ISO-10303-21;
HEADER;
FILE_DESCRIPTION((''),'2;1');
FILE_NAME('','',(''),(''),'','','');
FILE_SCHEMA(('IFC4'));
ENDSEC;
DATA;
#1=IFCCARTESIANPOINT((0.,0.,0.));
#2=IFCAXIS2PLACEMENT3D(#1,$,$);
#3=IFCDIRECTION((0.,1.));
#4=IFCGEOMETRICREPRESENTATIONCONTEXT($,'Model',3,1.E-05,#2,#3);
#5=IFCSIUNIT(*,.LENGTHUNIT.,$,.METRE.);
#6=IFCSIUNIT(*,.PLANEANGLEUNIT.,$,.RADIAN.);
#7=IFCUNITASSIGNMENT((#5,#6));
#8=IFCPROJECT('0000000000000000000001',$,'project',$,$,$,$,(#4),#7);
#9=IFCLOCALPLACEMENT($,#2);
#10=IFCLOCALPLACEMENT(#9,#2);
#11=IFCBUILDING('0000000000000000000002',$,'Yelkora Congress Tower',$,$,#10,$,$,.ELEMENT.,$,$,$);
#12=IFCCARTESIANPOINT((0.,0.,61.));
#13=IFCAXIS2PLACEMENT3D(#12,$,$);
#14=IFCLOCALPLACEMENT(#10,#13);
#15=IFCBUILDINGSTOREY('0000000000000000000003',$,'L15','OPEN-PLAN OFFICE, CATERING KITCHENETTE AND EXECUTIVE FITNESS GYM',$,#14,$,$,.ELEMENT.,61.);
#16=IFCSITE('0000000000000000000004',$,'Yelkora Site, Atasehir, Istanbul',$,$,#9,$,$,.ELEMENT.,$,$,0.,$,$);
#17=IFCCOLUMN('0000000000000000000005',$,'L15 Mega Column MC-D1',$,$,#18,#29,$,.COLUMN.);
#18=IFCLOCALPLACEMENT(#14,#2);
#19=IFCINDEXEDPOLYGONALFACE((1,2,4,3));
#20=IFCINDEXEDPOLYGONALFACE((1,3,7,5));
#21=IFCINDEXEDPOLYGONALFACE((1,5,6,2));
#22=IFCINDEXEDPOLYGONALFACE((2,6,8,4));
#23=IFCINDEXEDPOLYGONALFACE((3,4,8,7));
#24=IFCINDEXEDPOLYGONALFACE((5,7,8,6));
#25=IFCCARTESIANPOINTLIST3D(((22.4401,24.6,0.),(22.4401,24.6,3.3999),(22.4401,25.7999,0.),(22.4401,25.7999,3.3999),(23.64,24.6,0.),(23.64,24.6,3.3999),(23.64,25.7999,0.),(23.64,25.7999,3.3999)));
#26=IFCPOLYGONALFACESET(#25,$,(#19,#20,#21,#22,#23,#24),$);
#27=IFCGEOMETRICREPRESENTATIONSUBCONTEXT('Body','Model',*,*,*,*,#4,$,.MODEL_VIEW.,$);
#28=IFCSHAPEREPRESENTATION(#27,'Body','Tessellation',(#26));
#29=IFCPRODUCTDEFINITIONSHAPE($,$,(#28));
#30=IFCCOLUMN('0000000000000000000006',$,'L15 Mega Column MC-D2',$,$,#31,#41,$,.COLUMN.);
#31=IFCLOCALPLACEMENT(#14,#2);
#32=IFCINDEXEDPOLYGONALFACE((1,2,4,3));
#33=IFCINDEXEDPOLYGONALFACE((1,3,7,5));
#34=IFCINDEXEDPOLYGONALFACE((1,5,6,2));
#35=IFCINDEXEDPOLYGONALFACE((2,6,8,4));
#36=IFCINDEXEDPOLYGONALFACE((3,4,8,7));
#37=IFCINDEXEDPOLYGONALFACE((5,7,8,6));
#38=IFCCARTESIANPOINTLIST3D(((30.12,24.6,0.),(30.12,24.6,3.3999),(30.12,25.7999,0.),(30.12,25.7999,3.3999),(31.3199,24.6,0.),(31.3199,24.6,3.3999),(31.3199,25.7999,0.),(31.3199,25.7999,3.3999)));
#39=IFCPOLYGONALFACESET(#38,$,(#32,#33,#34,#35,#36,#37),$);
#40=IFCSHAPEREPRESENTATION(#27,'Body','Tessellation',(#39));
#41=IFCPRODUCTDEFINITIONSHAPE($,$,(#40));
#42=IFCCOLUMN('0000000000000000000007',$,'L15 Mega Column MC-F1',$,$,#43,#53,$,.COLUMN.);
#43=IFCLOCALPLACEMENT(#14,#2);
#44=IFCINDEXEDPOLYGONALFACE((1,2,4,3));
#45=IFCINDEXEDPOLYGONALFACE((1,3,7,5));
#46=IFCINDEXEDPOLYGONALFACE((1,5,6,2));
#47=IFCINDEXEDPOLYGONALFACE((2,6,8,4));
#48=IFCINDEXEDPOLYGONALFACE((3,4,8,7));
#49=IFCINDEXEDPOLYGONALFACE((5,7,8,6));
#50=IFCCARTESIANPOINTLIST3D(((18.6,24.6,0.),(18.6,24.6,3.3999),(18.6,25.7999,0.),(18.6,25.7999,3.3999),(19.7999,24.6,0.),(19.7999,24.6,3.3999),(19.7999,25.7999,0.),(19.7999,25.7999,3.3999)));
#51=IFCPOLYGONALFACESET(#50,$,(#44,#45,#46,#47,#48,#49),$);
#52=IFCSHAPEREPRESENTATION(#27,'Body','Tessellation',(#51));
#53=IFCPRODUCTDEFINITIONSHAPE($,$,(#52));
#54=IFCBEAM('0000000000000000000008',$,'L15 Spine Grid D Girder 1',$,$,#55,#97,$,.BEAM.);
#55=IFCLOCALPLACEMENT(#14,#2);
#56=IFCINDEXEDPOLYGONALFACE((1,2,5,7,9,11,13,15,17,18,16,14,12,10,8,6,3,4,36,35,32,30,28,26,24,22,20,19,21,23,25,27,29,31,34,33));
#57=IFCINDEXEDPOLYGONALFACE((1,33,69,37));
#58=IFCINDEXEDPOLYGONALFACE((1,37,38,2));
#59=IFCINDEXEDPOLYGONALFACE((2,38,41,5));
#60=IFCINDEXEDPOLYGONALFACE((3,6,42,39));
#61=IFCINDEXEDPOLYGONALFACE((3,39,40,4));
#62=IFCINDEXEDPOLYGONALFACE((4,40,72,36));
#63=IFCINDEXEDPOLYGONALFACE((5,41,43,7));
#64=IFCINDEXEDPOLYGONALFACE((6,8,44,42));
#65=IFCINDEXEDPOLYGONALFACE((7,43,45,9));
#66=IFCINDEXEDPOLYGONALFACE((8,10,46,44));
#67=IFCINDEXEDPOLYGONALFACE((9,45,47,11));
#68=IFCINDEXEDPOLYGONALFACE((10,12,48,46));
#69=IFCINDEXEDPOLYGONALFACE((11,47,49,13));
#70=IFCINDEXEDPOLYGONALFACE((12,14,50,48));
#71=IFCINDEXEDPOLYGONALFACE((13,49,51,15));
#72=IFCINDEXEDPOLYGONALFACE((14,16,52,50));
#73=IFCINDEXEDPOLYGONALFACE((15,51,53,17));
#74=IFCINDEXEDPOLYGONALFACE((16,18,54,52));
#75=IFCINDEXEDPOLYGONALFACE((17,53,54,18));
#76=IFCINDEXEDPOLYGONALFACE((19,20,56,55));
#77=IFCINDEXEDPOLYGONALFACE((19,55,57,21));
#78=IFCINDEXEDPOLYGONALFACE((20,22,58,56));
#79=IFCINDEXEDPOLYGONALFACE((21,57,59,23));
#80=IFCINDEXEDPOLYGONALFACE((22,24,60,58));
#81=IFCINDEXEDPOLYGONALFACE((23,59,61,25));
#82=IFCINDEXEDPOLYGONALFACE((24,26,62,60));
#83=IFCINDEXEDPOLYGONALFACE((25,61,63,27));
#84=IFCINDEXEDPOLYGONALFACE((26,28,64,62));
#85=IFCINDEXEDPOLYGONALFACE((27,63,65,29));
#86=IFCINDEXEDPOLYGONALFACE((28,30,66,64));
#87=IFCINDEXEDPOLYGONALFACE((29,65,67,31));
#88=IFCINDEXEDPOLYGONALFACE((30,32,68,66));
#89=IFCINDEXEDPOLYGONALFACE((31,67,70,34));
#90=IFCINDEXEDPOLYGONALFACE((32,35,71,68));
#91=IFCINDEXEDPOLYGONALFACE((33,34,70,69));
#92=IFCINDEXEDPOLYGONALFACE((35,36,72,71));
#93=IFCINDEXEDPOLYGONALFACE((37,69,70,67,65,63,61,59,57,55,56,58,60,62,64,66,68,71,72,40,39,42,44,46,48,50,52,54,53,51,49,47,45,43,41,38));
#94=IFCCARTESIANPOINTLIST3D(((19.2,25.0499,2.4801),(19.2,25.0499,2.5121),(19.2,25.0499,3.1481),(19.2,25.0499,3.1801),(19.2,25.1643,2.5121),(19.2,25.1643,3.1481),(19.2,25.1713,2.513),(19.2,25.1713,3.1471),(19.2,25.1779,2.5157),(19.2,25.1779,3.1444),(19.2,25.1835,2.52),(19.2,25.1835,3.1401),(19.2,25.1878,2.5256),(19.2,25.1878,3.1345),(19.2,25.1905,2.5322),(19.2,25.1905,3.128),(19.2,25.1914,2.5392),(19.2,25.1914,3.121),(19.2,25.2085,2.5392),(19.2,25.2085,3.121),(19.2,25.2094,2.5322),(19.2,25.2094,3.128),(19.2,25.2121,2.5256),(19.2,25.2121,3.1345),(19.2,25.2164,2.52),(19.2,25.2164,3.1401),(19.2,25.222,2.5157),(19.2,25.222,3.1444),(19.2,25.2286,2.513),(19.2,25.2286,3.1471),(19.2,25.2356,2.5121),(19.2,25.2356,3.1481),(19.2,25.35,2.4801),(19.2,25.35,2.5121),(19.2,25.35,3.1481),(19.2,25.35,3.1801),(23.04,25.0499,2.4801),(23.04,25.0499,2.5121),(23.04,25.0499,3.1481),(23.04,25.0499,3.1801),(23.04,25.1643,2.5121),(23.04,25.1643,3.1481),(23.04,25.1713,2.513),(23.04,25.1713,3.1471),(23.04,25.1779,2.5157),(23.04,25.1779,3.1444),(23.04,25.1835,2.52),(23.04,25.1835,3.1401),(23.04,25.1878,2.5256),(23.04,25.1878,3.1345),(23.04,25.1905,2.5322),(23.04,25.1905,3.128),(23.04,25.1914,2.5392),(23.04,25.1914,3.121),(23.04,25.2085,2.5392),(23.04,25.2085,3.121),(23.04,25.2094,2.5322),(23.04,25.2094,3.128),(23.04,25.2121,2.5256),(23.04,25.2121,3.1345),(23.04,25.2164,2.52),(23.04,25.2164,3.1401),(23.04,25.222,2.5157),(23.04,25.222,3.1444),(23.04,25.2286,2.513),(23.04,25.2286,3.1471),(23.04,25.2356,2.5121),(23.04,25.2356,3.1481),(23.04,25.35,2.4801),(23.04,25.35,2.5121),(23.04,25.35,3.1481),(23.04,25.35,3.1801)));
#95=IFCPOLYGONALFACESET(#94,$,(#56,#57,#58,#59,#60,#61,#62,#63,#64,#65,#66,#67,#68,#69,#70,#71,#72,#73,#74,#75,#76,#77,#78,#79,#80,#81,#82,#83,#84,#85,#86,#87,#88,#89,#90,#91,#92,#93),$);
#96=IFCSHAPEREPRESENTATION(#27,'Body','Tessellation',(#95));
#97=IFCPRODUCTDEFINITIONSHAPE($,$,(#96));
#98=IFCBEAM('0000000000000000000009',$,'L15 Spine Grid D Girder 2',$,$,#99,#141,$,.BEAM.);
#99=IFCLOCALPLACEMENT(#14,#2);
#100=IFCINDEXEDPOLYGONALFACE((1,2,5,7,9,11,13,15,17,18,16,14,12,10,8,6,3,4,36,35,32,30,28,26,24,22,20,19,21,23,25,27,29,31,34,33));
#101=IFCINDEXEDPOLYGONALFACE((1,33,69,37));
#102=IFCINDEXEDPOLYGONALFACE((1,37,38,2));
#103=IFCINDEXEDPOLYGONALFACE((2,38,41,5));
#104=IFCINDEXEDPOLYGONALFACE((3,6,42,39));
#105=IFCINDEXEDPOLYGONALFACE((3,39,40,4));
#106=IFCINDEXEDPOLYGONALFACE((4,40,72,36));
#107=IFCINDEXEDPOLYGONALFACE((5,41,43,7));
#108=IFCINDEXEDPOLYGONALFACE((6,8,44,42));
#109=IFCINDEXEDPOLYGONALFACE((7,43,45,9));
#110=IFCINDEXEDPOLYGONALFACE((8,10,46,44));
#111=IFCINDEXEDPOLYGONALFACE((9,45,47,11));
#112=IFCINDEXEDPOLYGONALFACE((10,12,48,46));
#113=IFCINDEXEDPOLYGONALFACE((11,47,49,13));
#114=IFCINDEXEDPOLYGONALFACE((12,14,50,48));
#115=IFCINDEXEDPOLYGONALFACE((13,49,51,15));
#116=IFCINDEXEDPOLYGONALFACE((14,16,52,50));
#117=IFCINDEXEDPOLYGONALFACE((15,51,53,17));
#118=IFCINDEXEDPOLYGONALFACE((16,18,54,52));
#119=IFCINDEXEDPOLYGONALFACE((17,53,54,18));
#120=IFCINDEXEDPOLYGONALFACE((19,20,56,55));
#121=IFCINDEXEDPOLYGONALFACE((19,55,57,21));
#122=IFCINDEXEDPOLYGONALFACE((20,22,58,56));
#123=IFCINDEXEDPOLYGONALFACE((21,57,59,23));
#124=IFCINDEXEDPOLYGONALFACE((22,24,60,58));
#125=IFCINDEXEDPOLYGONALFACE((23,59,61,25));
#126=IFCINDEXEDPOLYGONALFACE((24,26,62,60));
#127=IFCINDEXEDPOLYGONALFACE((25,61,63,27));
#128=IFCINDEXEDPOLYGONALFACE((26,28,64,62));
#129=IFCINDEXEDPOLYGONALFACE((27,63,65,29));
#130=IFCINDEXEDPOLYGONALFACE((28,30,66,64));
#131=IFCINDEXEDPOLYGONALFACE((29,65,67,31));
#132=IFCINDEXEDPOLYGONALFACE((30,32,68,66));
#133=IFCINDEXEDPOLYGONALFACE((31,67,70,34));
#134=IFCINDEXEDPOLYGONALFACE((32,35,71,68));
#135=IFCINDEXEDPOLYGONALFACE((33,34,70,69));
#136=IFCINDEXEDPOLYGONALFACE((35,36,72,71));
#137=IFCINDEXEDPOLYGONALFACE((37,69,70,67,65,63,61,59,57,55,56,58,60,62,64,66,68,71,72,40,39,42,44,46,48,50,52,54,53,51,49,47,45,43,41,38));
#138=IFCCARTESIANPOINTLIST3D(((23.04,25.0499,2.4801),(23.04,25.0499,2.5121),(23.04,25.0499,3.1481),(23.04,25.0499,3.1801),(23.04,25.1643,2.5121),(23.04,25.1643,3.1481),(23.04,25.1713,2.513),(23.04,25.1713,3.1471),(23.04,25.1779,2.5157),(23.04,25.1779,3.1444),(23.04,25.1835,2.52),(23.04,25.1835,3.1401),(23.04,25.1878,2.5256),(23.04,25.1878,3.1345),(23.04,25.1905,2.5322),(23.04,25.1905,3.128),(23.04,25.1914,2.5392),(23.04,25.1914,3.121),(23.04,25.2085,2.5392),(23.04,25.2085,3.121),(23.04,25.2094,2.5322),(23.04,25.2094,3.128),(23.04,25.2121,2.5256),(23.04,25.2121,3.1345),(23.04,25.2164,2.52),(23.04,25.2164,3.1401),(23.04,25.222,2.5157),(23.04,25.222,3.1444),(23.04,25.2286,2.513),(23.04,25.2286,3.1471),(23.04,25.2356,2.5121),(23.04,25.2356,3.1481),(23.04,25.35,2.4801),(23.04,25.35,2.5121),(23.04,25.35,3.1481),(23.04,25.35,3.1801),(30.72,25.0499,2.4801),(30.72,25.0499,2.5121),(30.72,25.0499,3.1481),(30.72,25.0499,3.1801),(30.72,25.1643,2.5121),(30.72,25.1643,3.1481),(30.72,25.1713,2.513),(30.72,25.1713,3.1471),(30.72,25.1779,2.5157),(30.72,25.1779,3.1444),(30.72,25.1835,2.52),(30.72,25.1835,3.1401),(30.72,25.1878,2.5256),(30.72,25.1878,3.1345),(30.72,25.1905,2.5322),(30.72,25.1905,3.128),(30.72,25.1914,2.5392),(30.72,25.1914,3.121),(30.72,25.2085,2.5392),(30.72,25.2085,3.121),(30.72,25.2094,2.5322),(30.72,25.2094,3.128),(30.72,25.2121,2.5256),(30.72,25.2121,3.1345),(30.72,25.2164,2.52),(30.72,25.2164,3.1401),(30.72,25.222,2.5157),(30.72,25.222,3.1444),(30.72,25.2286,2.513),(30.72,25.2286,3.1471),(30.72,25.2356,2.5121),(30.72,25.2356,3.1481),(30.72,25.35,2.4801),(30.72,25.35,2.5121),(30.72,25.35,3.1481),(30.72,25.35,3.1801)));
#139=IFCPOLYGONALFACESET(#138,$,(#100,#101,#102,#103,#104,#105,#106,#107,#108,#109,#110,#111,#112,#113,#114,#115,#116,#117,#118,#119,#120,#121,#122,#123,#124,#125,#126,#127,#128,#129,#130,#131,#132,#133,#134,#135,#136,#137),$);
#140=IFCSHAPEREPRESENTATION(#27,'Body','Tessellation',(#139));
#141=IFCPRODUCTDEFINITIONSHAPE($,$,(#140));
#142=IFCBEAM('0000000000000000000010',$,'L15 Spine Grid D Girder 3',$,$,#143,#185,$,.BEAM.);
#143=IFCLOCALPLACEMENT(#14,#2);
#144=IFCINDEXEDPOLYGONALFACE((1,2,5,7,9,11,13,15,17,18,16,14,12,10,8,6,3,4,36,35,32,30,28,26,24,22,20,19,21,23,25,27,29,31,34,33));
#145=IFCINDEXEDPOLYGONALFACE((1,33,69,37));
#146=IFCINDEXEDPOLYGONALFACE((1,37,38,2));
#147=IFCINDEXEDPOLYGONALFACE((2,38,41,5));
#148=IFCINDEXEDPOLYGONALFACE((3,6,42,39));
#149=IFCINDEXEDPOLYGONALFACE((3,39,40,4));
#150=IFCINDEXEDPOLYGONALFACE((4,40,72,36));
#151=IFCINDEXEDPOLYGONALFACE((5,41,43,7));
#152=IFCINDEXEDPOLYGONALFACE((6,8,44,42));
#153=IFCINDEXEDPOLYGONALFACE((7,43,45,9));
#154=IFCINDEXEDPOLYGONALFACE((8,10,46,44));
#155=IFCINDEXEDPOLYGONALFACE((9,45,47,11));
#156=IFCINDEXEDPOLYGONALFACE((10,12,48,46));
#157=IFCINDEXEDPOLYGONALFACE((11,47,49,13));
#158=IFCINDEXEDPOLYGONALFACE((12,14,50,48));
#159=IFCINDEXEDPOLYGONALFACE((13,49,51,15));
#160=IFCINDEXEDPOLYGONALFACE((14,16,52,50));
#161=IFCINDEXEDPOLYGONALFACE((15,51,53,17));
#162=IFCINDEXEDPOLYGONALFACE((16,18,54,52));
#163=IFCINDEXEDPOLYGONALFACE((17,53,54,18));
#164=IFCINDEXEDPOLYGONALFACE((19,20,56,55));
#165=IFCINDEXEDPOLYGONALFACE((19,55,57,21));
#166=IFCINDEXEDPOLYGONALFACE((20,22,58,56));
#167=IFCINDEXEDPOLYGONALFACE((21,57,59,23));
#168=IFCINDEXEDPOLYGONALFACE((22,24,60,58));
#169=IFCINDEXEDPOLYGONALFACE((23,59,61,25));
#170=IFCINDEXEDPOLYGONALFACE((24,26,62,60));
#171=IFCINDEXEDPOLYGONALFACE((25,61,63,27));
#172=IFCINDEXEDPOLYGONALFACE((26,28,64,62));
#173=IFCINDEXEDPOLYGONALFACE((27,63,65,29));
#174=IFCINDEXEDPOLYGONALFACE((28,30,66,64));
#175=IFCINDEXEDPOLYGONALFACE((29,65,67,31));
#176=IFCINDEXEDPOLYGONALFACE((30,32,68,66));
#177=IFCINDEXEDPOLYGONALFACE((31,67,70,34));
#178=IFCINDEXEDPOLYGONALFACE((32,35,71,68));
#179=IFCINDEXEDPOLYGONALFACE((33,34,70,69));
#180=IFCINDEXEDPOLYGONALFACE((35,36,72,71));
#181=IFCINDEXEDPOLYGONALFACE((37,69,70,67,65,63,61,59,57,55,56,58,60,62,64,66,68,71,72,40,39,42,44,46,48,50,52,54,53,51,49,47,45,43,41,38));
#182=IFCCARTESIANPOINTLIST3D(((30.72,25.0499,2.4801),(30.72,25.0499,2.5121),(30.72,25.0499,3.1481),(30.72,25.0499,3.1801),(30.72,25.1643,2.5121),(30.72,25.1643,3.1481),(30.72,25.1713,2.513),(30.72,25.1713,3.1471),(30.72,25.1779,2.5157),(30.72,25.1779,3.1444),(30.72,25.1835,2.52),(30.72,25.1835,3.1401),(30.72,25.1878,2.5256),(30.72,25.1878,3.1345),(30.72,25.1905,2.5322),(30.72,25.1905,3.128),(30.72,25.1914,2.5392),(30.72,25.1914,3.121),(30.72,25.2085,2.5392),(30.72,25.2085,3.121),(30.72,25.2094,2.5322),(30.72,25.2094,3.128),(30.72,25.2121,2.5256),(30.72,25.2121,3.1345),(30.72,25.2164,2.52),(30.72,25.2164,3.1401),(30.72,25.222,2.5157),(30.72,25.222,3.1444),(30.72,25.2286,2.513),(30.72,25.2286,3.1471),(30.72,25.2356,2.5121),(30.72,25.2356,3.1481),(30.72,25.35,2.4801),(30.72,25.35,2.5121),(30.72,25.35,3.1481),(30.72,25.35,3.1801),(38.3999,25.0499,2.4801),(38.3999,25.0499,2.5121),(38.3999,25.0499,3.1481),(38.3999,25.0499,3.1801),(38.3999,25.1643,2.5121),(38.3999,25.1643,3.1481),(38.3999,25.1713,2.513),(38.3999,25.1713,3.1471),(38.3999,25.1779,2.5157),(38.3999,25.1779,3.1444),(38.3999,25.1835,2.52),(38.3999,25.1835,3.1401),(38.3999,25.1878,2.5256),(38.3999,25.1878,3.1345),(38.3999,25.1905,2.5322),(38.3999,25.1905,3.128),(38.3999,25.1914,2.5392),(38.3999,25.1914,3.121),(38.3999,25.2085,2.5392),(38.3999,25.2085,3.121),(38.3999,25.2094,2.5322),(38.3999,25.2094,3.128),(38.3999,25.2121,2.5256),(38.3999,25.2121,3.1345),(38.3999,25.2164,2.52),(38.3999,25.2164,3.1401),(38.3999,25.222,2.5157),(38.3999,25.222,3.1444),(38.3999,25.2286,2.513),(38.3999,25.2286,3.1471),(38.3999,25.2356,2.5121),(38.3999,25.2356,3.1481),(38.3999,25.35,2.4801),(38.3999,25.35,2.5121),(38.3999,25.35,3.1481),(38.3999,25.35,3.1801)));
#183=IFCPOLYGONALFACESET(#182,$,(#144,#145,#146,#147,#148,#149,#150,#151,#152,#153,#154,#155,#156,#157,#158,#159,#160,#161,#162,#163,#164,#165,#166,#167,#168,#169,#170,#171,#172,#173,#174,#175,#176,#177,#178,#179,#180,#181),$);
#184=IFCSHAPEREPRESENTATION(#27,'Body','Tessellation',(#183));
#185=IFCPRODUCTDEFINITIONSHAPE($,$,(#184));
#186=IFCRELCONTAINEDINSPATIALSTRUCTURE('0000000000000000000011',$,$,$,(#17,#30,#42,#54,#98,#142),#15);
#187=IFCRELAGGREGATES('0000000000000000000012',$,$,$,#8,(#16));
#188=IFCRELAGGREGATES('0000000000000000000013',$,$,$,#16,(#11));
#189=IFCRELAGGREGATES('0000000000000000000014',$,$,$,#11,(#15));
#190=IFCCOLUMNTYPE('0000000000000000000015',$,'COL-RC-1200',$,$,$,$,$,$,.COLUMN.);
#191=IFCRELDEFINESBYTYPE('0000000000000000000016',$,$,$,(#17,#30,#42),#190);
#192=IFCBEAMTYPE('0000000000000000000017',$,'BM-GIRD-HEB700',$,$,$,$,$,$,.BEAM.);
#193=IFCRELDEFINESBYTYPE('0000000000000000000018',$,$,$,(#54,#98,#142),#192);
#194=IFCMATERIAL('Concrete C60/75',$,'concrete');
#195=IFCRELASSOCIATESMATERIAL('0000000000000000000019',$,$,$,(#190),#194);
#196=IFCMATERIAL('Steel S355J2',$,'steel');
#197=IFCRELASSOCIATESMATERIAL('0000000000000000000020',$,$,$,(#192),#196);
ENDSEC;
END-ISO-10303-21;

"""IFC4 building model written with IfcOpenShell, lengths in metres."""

from ifc_helpers import new_model, si_unit, direction, frame, origin, origin_2d, place, context, subcontext, project, spatial, rectangle, i_section, extrude, material, material_profile, profile_set, type_object, element, save


model = new_model("IFC4")

# Units and contexts
model_context = context("Model", 3, precision=1e-05, world=origin(), true_north=direction((0.0, 1.0)))
body_context = subcontext(model_context, "Body", "Model", "MODEL_VIEW")
ifc_project = project(units=[si_unit("LENGTHUNIT", "METRE"), si_unit("PLANEANGLEUNIT", "RADIAN")], contexts=[model_context])

# Site, building, storey
site_placement = place(None, origin())
site = spatial("IfcSite", under=ifc_project, at=site_placement, Name="Yelkora Site, Atasehir, Istanbul", CompositionType="ELEMENT", RefElevation=0.0)
building_placement = place(site_placement, origin())
building = spatial("IfcBuilding", under=site, at=building_placement, Name="Yelkora Congress Tower", CompositionType="ELEMENT")
storey_placement = place(building_placement, frame((0.0, 0.0, 61.0)))
storey = spatial("IfcBuildingStorey", under=building, at=storey_placement, Name="L15", Description="OPEN-PLAN OFFICE, CATERING KITCHENETTE AND EXECUTIVE FITNESS GYM", CompositionType="ELEMENT", Elevation=61.0)

# Columns
ifc_material_1 = material(Name="Concrete C60/75", Category="concrete")
ifc_material_profile_1 = material_profile(ifc_material_1, rectangle(XDim=1.2, YDim=1.2, at=origin_2d()), Name="RC 1200x1200")
ifc_profile_set_1 = profile_set([ifc_material_profile_1], Name="Concrete C60/75")
column_type = type_object("IfcColumnType", Name="COL-RC-1200", PredefinedType="COLUMN", material=ifc_profile_set_1)
for number, where, z_axis, x_axis, name in (
    (1, (23.04, 25.2, 0.0), (0.0, 0.0, 1.0), (1.0, 0.0, 0.0), "L15 Mega Column MC-D1"),
    (2, (30.72, 25.2, 0.0), (0.0, 0.0, 1.0), (1.0, 0.0, 0.0), "L15 Mega Column MC-D2"),
    (3, (19.2, 25.2, 0.0), (0.0, 0.0, 1.0), (1.0, 0.0, 0.0), "L15 Mega Column MC-F1"),
):
    element("IfcColumn", number, at=place(storey_placement, frame(where, z_axis=z_axis, x_axis=x_axis)), inside=storey, type_object=column_type, Name=name, PredefinedType="COLUMN", context=body_context, shape_type="SweptSolid", body=[
        extrude(rectangle(XDim=1.2, YDim=1.2, at=origin_2d()), origin(), (0.0, 0.0, 1.0), 3.3999),
    ])

# Beams
ifc_material_2 = material(Name="Steel S355J2", Category="steel")
ifc_material_profile_2 = material_profile(ifc_material_2, i_section(OverallWidth=0.3, OverallDepth=0.7, WebThickness=0.0171, FlangeThickness=0.032, FilletRadius=0.0271, at=origin_2d()), Name="HEB 700")
ifc_profile_set_2 = profile_set([ifc_material_profile_2], Name="Steel S355J2")
beam_type_1 = type_object("IfcBeamType", Name="BM-GIRD-HEB700", PredefinedType="BEAM", material=ifc_profile_set_2)
beam_1_placement = place(storey_placement, frame((19.2, 25.2, 2.8301), z_axis=(1.0, 0.0, 0.0), x_axis=(0.0, 1.0, 0.0)))
element("IfcBeam", 4, at=beam_1_placement, inside=storey, type_object=beam_type_1, Name="L15 Spine Grid D Girder 1", PredefinedType="BEAM", context=body_context, shape_type="SweptSolid", body=[
    extrude(i_section(OverallWidth=0.3, OverallDepth=0.7, WebThickness=0.0171, FlangeThickness=0.032, FilletRadius=0.0271, at=origin_2d()), origin(), (0.0, 0.0, 1.0), 3.8401),
])
for number, where, z_axis, x_axis, name in (
    (5, (23.04, 25.2, 2.8301), (1.0, 0.0, 0.0), (0.0, 1.0, 0.0), "L15 Spine Grid D Girder 2"),
    (6, (30.72, 25.2, 2.8301), (1.0, 0.0, 0.0), (0.0, 1.0, 0.0), "L15 Spine Grid D Girder 3"),
):
    element("IfcBeam", number, at=place(storey_placement, frame(where, z_axis=z_axis, x_axis=x_axis)), inside=storey, type_object=beam_type_1, Name=name, PredefinedType="BEAM", context=body_context, shape_type="SweptSolid", body=[
        extrude(i_section(OverallWidth=0.3, OverallDepth=0.7, WebThickness=0.0171, FlangeThickness=0.032, FilletRadius=0.0271, at=origin_2d()), origin(), (0.0, 0.0, 1.0), 7.6799),
    ])

save(model, "model.ifc")
